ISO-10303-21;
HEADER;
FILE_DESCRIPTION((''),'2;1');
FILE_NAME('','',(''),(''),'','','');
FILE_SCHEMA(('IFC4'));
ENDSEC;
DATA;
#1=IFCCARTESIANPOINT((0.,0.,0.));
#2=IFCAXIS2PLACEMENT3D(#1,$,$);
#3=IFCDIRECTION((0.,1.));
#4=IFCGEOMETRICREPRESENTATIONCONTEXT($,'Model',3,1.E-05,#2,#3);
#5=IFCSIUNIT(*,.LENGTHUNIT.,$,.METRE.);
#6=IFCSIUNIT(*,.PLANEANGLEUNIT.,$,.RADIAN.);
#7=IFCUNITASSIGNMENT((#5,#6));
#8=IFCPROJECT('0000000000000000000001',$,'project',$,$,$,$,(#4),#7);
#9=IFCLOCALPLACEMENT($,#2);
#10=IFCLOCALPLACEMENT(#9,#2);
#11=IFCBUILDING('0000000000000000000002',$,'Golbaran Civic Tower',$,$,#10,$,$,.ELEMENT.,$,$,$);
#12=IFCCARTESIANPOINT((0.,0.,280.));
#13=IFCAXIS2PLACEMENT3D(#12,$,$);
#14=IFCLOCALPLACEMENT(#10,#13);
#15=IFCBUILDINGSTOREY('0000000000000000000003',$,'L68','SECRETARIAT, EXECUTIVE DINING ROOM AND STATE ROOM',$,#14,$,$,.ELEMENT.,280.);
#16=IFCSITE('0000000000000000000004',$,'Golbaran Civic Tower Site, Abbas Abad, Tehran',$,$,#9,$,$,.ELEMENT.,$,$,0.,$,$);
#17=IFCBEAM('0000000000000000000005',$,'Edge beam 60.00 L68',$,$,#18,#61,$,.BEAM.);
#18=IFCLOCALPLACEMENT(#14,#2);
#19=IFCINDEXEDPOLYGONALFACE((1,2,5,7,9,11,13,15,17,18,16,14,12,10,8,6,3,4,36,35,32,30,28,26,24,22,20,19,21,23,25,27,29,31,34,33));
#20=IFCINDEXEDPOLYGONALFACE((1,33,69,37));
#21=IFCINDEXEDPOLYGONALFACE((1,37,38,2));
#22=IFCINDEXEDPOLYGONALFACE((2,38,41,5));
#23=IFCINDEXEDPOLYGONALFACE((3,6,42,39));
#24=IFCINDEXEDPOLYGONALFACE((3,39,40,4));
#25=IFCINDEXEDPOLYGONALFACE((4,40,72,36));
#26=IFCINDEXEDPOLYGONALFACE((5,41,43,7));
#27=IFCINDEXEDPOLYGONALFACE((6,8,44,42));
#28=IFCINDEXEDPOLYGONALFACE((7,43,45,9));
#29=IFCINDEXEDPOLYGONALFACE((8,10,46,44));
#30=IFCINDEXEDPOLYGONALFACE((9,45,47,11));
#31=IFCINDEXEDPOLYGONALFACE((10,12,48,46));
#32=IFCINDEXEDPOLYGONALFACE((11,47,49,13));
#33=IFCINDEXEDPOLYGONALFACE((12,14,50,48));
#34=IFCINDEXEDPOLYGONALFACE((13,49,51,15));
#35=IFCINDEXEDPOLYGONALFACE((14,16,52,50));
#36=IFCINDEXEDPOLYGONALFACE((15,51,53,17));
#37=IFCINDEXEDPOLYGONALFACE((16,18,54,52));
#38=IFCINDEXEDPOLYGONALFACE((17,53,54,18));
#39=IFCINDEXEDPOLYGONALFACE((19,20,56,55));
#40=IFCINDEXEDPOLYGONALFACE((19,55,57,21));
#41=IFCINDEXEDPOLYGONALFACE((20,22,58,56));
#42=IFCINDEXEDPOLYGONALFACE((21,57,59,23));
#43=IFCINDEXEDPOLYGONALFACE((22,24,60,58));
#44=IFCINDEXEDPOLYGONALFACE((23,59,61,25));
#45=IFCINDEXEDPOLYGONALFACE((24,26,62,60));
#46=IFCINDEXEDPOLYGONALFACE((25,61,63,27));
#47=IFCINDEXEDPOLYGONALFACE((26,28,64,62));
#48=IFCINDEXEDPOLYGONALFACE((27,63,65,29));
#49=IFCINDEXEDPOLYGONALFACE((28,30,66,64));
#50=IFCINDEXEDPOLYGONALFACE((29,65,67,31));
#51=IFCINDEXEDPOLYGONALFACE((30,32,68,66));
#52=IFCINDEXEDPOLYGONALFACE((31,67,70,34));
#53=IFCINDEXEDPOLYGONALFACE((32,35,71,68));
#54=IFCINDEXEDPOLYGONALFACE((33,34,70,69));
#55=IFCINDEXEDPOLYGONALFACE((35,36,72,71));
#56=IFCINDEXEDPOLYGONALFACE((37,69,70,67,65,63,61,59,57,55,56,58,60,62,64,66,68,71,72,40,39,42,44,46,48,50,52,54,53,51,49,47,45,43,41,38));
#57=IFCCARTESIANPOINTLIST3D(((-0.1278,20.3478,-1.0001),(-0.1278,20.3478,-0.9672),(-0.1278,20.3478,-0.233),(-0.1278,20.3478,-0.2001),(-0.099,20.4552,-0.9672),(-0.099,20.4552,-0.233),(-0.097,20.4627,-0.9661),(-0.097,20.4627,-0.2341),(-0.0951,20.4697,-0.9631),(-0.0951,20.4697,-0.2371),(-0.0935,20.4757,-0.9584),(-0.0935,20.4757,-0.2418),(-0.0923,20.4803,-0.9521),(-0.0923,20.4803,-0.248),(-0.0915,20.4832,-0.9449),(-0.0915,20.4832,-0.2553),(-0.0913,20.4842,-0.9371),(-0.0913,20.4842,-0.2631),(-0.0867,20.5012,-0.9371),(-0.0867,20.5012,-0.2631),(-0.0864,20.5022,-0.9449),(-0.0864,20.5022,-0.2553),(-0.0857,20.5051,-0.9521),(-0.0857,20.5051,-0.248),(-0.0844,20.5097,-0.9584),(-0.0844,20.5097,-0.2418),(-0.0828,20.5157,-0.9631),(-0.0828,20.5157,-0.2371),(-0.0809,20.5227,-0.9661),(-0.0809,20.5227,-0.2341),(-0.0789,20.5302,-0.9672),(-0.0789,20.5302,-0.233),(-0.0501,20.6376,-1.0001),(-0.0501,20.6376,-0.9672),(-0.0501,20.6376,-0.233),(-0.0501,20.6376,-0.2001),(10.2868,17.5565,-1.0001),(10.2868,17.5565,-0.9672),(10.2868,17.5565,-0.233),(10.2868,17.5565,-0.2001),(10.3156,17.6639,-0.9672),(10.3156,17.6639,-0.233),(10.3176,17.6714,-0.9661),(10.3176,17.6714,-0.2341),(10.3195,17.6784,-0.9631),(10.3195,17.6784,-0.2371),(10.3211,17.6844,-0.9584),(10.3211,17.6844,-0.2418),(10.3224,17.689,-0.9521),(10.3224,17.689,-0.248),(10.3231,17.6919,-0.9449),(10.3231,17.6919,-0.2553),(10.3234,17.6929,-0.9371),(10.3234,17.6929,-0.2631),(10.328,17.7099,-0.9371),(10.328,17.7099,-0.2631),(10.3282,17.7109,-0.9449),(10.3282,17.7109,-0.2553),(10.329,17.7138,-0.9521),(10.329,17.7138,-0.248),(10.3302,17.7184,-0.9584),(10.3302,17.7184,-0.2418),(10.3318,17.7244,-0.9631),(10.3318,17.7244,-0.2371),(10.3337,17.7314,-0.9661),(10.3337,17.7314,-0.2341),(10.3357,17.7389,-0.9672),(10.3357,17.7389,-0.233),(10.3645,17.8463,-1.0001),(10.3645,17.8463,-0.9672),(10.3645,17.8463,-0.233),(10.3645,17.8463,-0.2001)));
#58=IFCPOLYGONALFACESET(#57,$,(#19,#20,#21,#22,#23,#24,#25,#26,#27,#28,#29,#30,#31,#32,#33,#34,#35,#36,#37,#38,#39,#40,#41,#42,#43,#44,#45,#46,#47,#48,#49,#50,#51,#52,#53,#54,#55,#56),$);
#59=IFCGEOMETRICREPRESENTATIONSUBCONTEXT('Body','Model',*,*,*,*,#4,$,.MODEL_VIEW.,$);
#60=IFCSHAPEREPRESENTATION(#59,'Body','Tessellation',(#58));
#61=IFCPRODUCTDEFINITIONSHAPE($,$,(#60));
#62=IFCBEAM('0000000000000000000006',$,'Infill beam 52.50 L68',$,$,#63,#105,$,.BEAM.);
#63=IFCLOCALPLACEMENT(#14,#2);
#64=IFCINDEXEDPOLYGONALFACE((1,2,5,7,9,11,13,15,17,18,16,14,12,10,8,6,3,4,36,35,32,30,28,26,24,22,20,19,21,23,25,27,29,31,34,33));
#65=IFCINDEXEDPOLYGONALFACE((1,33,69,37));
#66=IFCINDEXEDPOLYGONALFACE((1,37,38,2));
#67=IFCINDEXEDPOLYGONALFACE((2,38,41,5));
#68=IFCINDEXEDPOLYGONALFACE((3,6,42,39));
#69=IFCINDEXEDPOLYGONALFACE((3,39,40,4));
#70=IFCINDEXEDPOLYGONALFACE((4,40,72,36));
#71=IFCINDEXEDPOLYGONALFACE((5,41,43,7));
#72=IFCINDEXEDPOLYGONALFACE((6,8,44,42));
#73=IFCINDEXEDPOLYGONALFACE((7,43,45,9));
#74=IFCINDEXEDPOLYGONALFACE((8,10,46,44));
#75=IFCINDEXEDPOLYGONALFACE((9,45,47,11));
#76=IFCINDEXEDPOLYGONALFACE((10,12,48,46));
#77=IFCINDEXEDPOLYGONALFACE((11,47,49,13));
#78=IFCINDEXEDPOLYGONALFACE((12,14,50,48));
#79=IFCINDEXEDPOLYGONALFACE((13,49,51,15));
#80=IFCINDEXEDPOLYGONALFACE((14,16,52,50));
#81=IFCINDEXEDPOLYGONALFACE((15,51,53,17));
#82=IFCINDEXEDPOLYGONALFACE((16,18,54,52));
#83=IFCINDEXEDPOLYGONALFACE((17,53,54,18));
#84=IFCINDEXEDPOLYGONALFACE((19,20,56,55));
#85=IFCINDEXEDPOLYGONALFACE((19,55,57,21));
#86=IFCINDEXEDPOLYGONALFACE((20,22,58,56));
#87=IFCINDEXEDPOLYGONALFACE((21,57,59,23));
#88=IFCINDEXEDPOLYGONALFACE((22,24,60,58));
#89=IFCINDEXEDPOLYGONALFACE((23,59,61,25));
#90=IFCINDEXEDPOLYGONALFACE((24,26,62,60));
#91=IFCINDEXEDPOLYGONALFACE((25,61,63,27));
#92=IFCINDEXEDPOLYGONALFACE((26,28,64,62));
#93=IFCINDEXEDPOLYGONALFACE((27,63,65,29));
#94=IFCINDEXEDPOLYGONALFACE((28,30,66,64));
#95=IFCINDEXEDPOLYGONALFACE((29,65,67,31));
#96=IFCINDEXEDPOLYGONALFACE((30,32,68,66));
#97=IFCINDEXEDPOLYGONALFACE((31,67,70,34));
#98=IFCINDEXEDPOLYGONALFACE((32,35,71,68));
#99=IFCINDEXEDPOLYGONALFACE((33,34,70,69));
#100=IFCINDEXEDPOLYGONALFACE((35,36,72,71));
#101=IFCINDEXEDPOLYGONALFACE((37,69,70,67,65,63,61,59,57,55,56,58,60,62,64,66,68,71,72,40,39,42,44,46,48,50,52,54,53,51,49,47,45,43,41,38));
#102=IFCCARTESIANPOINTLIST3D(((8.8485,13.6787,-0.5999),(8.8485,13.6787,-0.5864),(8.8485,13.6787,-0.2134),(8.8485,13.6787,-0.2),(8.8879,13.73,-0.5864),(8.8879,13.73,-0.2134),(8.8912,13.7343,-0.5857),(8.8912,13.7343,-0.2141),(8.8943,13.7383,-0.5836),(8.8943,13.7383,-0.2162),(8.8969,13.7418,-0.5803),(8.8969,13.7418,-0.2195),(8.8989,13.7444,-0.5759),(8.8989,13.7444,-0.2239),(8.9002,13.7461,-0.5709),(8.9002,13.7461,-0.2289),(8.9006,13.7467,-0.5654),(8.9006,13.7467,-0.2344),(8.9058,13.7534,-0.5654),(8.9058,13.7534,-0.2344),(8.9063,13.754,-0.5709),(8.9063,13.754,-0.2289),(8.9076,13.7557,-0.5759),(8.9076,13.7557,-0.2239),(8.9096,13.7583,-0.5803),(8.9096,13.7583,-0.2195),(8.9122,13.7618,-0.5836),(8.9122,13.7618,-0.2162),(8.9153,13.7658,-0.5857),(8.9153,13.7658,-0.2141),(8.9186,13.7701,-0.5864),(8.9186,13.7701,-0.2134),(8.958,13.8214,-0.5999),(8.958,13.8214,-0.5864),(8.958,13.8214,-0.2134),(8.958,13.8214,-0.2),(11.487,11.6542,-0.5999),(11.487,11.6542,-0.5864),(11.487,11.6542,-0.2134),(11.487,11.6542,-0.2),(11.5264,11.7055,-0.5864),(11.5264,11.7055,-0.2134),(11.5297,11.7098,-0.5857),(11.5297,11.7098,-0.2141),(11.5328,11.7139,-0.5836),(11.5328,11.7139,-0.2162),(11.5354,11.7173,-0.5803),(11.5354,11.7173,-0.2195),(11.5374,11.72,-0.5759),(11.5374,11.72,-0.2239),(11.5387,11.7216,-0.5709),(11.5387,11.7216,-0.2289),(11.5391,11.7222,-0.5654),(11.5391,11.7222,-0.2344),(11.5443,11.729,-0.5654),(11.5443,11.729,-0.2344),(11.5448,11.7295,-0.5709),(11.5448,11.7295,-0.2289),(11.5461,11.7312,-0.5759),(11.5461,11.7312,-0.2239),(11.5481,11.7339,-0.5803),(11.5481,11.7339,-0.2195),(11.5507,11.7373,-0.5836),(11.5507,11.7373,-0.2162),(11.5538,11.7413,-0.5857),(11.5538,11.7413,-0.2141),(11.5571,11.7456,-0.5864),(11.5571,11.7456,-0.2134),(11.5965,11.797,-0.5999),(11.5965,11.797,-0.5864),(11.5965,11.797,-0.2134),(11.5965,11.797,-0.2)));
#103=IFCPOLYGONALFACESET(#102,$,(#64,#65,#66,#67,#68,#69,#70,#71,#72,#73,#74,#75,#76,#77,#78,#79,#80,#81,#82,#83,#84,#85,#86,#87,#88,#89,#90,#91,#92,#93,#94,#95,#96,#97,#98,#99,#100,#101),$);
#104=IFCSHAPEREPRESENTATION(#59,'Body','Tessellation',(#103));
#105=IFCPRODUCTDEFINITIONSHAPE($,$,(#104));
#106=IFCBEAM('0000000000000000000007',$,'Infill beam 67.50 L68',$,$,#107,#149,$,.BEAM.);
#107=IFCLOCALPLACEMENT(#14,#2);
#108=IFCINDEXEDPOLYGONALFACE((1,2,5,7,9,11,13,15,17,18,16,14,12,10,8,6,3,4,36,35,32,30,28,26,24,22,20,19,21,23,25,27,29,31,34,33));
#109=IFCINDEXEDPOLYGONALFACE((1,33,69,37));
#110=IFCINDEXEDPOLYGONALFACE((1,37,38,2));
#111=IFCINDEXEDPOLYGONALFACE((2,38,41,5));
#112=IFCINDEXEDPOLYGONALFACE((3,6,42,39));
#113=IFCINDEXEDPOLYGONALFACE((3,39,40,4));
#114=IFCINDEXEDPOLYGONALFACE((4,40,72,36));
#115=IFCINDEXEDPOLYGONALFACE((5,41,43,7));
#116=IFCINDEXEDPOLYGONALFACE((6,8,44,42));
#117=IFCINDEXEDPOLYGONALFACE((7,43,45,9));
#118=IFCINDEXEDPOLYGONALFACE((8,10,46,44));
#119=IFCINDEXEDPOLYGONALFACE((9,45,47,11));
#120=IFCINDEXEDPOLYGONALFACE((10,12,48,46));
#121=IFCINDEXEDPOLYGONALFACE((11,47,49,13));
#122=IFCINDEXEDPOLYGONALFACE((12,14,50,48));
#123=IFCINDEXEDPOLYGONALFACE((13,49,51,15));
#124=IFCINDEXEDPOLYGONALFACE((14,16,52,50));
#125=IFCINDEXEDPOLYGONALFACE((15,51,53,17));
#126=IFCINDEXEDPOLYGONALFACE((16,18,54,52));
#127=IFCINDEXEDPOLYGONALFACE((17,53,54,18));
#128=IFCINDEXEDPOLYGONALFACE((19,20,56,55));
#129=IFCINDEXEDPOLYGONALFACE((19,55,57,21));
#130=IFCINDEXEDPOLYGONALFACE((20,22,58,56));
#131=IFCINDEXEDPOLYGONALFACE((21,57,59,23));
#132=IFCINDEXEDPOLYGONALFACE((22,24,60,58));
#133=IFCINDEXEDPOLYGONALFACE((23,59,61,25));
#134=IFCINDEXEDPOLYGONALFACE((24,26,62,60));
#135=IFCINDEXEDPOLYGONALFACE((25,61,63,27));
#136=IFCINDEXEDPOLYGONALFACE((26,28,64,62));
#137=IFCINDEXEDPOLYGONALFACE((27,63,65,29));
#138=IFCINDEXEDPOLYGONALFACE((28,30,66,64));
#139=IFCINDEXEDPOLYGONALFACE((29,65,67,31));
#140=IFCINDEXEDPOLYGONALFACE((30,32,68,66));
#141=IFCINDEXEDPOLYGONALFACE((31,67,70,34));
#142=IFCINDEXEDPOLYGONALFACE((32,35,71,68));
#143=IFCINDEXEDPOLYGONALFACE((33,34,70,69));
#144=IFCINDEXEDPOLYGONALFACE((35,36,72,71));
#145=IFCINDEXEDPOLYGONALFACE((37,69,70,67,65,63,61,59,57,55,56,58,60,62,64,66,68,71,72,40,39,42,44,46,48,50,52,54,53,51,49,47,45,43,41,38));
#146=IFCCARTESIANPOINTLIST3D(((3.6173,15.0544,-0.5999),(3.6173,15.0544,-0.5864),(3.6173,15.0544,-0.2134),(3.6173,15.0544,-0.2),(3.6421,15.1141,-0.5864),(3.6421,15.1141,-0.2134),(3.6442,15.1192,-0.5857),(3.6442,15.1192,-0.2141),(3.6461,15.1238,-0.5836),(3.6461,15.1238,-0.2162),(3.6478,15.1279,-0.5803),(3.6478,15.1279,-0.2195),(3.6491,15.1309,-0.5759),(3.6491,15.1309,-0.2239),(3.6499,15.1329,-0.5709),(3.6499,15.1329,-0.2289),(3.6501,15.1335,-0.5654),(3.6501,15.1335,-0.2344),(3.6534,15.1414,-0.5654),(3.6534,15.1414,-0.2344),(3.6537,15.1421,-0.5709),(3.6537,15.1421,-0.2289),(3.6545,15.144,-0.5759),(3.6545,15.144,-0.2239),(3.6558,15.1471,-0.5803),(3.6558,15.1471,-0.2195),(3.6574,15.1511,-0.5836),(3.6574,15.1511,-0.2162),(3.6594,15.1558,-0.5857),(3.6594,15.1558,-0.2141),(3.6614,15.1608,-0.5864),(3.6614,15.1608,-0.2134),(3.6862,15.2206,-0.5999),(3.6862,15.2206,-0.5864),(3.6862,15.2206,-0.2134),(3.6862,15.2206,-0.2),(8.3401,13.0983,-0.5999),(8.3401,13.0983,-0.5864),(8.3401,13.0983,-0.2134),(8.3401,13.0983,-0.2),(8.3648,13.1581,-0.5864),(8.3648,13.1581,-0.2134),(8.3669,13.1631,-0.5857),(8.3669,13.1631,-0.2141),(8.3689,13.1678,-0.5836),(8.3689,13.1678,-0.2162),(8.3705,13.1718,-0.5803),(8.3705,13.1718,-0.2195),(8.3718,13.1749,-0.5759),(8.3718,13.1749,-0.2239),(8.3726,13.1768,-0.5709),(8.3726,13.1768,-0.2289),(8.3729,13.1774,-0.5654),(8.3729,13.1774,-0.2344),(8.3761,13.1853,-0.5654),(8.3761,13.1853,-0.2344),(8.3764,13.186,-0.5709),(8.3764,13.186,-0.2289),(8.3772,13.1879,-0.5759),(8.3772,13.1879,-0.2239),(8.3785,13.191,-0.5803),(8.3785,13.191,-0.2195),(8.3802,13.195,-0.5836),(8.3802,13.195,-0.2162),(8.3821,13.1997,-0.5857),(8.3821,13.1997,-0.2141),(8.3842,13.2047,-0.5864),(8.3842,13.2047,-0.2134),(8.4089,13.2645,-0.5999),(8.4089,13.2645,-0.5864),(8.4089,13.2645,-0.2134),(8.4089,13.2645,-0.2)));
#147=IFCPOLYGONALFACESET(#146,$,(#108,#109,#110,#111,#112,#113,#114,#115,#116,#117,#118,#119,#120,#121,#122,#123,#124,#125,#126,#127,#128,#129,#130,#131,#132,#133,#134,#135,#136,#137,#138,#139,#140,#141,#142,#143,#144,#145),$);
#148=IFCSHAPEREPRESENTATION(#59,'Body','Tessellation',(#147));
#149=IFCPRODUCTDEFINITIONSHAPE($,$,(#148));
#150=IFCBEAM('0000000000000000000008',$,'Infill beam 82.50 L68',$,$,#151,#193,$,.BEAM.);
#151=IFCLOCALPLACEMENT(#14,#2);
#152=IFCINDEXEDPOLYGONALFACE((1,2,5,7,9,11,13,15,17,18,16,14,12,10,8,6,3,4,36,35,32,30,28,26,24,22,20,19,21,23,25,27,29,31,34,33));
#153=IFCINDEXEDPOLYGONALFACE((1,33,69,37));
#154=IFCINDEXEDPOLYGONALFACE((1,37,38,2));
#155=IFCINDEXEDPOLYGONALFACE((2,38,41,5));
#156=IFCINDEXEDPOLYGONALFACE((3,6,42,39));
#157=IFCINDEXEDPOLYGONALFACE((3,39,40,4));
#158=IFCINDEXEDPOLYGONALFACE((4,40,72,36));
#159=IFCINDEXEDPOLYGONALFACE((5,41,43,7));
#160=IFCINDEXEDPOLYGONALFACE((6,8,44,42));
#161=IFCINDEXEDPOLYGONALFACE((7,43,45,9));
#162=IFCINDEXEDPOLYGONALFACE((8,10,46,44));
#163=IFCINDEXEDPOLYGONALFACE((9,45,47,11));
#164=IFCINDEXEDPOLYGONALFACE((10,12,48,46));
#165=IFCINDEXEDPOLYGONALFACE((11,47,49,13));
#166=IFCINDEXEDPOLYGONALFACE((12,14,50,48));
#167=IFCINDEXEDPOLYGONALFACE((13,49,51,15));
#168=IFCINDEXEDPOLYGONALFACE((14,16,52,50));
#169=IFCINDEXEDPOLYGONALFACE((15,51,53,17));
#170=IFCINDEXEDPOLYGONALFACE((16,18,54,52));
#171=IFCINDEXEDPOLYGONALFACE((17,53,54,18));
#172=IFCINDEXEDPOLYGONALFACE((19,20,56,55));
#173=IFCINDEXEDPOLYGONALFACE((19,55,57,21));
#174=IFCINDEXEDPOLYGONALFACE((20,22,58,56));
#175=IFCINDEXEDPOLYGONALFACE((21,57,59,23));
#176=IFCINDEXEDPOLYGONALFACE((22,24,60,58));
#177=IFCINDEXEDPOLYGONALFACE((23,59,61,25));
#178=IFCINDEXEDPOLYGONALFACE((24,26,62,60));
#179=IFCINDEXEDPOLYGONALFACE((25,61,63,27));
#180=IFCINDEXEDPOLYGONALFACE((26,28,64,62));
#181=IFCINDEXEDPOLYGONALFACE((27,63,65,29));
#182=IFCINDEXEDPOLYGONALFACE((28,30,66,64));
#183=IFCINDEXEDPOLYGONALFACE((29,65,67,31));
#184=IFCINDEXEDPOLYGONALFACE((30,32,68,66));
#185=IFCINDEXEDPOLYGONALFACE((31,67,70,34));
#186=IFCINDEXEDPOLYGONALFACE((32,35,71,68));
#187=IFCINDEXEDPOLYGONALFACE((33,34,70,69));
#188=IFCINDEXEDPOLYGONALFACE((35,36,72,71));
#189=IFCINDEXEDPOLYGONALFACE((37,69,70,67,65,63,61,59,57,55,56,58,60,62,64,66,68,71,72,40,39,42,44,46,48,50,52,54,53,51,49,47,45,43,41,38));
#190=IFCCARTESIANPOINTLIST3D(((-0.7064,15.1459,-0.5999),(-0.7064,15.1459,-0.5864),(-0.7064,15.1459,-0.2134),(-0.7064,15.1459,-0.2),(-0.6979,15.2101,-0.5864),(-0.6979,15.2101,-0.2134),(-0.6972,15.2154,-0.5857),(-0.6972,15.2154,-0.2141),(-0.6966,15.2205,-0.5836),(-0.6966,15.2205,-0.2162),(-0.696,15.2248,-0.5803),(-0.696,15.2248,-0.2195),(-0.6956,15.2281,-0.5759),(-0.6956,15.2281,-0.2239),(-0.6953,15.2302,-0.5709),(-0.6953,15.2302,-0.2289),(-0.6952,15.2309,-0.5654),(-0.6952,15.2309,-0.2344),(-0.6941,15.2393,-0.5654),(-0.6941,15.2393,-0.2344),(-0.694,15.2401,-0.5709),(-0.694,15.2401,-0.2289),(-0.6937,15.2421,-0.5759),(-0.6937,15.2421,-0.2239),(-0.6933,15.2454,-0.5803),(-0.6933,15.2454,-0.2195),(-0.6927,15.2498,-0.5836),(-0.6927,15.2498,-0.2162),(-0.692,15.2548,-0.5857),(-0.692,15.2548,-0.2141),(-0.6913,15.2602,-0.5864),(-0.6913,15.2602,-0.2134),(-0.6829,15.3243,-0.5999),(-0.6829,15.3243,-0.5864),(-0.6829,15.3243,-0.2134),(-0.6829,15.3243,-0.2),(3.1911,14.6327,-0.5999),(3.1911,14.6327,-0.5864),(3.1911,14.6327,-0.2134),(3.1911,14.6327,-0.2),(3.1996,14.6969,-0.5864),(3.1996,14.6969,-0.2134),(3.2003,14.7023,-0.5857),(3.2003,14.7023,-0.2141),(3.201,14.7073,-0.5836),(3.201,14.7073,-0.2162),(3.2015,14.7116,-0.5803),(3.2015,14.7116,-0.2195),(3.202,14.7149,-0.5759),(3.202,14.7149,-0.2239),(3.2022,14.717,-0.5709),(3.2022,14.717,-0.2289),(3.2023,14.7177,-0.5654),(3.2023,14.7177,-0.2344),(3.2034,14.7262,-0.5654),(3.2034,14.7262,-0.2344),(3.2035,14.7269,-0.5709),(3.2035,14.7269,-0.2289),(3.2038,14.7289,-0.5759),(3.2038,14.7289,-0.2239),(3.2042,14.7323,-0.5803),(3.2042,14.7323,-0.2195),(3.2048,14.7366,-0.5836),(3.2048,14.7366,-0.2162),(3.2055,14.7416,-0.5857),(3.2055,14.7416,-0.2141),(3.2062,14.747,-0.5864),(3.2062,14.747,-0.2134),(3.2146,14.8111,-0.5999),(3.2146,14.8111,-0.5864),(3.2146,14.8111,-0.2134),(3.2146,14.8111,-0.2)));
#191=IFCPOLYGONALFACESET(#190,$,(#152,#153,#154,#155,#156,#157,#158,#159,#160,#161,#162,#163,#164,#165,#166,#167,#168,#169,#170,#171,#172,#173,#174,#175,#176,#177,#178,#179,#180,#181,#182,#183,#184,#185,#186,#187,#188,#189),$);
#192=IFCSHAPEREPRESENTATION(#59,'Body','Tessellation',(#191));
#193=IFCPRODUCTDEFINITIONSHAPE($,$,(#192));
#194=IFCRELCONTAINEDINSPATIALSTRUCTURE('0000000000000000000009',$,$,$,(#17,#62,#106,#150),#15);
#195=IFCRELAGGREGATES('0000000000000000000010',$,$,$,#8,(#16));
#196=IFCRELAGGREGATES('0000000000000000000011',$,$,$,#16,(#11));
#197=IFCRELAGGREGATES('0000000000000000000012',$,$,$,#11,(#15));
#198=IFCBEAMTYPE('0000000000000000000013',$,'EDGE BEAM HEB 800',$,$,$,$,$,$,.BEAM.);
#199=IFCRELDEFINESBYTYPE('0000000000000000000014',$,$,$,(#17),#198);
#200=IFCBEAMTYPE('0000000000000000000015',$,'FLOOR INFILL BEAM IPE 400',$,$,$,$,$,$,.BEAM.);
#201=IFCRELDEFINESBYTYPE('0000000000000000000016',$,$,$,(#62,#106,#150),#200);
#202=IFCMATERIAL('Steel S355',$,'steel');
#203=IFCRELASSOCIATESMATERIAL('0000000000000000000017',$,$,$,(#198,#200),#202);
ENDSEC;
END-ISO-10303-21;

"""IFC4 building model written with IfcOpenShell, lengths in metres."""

from ifc_helpers import new_model, si_unit, direction, frame, origin, origin_2d, place, context, subcontext, project, spatial, i_section, extrude, material, material_profile, profile_set, type_object, element, save


model = new_model("IFC4")

# Units and contexts
model_context = context("Model", 3, precision=1e-05, world=origin(), true_north=direction((0.0, 1.0)))
body_context = subcontext(model_context, "Body", "Model", "MODEL_VIEW")
ifc_project = project(units=[si_unit("LENGTHUNIT", "METRE"), si_unit("PLANEANGLEUNIT", "RADIAN")], contexts=[model_context])

# Site, building, storey
site_placement = place(None, origin())
site = spatial("IfcSite", under=ifc_project, at=site_placement, Name="Golbaran Civic Tower Site, Abbas Abad, Tehran", CompositionType="ELEMENT", RefElevation=0.0)
building_placement = place(site_placement, origin())
building = spatial("IfcBuilding", under=site, at=building_placement, Name="Golbaran Civic Tower", CompositionType="ELEMENT")
storey_placement = place(building_placement, frame((0.0, 0.0, 280.0)))
storey = spatial("IfcBuildingStorey", under=building, at=storey_placement, Name="L68", Description="SECRETARIAT, EXECUTIVE DINING ROOM AND STATE ROOM", CompositionType="ELEMENT", Elevation=280.0)

# Beams
ifc_material_1 = material(Name="Steel S355", Category="steel")
ifc_material_profile_1 = material_profile(ifc_material_1, i_section(OverallWidth=0.3, OverallDepth=0.8, WebThickness=0.0176, FlangeThickness=0.033, FilletRadius=0.03, at=origin_2d()), Name="HEB 800")
ifc_profile_set_1 = profile_set([ifc_material_profile_1], Name="Steel S355")
beam_type_1 = type_object("IfcBeamType", Name="EDGE BEAM HEB 800", PredefinedType="BEAM", material=ifc_profile_set_1)
beam_1_placement = place(storey_placement, frame((10.3257, 17.7014, -0.6001), z_axis=(-0.96591, 0.258879, 0.0), x_axis=(-0.258879, -0.96591, 0.0)))
element("IfcBeam", 1, at=beam_1_placement, inside=storey, type_object=beam_type_1, Name="Edge beam 60.00 L68", PredefinedType="BEAM", context=body_context, shape_type="SweptSolid", body=[
    extrude(i_section(OverallWidth=0.3, OverallDepth=0.8, WebThickness=0.0176, FlangeThickness=0.033, FilletRadius=0.03, at=origin_2d()), origin(), (0.0, 0.0, 1.0), 10.7822),
])
ifc_material_profile_2 = material_profile(ifc_material_1, i_section(OverallWidth=0.1799, OverallDepth=0.3999, WebThickness=0.0085, FlangeThickness=0.0134, FilletRadius=0.021, at=origin_2d()), Name="IPE 400")
ifc_profile_set_2 = profile_set([ifc_material_profile_2], Name="Steel S355")
beam_type_2 = type_object("IfcBeamType", Name="FLOOR INFILL BEAM IPE 400", PredefinedType="BEAM", material=ifc_profile_set_2)
beam_2_placement = place(storey_placement, frame((11.5417, 11.7256, -0.3999), z_axis=(-0.793371, 0.608738, 0.0), x_axis=(-0.608738, -0.793371, 0.0)))
element("IfcBeam", 2, at=beam_2_placement, inside=storey, type_object=beam_type_2, Name="Infill beam 52.50 L68", PredefinedType="BEAM", context=body_context, shape_type="SweptSolid", body=[
    extrude(i_section(OverallWidth=0.1799, OverallDepth=0.3999, WebThickness=0.0085, FlangeThickness=0.0134, FilletRadius=0.021, at=origin_2d()), origin(), (0.0, 0.0, 1.0), 3.3257),
])
beam_3_placement = place(storey_placement, frame((8.3745, 13.1814, -0.3999), z_axis=(-0.923889, 0.382661, 0.0), x_axis=(-0.382661, -0.923889, 0.0)))
element("IfcBeam", 3, at=beam_3_placement, inside=storey, type_object=beam_type_2, Name="Infill beam 67.50 L68", PredefinedType="BEAM", context=body_context, shape_type="SweptSolid", body=[
    extrude(i_section(OverallWidth=0.1799, OverallDepth=0.3999, WebThickness=0.0085, FlangeThickness=0.0134, FilletRadius=0.021, at=origin_2d()), origin(), (0.0, 0.0, 1.0), 5.1118),
])
beam_4_placement = place(storey_placement, frame((3.2029, 14.7219, -0.3999), z_axis=(-0.991442, 0.130544, 0.0), x_axis=(-0.130544, -0.991442, 0.0)))
element("IfcBeam", 4, at=beam_4_placement, inside=storey, type_object=beam_type_2, Name="Infill beam 82.50 L68", PredefinedType="BEAM", context=body_context, shape_type="SweptSolid", body=[
    extrude(i_section(OverallWidth=0.1799, OverallDepth=0.3999, WebThickness=0.0085, FlangeThickness=0.0134, FilletRadius=0.021, at=origin_2d()), origin(), (0.0, 0.0, 1.0), 3.9312),
])

save(model, "model.ifc")
